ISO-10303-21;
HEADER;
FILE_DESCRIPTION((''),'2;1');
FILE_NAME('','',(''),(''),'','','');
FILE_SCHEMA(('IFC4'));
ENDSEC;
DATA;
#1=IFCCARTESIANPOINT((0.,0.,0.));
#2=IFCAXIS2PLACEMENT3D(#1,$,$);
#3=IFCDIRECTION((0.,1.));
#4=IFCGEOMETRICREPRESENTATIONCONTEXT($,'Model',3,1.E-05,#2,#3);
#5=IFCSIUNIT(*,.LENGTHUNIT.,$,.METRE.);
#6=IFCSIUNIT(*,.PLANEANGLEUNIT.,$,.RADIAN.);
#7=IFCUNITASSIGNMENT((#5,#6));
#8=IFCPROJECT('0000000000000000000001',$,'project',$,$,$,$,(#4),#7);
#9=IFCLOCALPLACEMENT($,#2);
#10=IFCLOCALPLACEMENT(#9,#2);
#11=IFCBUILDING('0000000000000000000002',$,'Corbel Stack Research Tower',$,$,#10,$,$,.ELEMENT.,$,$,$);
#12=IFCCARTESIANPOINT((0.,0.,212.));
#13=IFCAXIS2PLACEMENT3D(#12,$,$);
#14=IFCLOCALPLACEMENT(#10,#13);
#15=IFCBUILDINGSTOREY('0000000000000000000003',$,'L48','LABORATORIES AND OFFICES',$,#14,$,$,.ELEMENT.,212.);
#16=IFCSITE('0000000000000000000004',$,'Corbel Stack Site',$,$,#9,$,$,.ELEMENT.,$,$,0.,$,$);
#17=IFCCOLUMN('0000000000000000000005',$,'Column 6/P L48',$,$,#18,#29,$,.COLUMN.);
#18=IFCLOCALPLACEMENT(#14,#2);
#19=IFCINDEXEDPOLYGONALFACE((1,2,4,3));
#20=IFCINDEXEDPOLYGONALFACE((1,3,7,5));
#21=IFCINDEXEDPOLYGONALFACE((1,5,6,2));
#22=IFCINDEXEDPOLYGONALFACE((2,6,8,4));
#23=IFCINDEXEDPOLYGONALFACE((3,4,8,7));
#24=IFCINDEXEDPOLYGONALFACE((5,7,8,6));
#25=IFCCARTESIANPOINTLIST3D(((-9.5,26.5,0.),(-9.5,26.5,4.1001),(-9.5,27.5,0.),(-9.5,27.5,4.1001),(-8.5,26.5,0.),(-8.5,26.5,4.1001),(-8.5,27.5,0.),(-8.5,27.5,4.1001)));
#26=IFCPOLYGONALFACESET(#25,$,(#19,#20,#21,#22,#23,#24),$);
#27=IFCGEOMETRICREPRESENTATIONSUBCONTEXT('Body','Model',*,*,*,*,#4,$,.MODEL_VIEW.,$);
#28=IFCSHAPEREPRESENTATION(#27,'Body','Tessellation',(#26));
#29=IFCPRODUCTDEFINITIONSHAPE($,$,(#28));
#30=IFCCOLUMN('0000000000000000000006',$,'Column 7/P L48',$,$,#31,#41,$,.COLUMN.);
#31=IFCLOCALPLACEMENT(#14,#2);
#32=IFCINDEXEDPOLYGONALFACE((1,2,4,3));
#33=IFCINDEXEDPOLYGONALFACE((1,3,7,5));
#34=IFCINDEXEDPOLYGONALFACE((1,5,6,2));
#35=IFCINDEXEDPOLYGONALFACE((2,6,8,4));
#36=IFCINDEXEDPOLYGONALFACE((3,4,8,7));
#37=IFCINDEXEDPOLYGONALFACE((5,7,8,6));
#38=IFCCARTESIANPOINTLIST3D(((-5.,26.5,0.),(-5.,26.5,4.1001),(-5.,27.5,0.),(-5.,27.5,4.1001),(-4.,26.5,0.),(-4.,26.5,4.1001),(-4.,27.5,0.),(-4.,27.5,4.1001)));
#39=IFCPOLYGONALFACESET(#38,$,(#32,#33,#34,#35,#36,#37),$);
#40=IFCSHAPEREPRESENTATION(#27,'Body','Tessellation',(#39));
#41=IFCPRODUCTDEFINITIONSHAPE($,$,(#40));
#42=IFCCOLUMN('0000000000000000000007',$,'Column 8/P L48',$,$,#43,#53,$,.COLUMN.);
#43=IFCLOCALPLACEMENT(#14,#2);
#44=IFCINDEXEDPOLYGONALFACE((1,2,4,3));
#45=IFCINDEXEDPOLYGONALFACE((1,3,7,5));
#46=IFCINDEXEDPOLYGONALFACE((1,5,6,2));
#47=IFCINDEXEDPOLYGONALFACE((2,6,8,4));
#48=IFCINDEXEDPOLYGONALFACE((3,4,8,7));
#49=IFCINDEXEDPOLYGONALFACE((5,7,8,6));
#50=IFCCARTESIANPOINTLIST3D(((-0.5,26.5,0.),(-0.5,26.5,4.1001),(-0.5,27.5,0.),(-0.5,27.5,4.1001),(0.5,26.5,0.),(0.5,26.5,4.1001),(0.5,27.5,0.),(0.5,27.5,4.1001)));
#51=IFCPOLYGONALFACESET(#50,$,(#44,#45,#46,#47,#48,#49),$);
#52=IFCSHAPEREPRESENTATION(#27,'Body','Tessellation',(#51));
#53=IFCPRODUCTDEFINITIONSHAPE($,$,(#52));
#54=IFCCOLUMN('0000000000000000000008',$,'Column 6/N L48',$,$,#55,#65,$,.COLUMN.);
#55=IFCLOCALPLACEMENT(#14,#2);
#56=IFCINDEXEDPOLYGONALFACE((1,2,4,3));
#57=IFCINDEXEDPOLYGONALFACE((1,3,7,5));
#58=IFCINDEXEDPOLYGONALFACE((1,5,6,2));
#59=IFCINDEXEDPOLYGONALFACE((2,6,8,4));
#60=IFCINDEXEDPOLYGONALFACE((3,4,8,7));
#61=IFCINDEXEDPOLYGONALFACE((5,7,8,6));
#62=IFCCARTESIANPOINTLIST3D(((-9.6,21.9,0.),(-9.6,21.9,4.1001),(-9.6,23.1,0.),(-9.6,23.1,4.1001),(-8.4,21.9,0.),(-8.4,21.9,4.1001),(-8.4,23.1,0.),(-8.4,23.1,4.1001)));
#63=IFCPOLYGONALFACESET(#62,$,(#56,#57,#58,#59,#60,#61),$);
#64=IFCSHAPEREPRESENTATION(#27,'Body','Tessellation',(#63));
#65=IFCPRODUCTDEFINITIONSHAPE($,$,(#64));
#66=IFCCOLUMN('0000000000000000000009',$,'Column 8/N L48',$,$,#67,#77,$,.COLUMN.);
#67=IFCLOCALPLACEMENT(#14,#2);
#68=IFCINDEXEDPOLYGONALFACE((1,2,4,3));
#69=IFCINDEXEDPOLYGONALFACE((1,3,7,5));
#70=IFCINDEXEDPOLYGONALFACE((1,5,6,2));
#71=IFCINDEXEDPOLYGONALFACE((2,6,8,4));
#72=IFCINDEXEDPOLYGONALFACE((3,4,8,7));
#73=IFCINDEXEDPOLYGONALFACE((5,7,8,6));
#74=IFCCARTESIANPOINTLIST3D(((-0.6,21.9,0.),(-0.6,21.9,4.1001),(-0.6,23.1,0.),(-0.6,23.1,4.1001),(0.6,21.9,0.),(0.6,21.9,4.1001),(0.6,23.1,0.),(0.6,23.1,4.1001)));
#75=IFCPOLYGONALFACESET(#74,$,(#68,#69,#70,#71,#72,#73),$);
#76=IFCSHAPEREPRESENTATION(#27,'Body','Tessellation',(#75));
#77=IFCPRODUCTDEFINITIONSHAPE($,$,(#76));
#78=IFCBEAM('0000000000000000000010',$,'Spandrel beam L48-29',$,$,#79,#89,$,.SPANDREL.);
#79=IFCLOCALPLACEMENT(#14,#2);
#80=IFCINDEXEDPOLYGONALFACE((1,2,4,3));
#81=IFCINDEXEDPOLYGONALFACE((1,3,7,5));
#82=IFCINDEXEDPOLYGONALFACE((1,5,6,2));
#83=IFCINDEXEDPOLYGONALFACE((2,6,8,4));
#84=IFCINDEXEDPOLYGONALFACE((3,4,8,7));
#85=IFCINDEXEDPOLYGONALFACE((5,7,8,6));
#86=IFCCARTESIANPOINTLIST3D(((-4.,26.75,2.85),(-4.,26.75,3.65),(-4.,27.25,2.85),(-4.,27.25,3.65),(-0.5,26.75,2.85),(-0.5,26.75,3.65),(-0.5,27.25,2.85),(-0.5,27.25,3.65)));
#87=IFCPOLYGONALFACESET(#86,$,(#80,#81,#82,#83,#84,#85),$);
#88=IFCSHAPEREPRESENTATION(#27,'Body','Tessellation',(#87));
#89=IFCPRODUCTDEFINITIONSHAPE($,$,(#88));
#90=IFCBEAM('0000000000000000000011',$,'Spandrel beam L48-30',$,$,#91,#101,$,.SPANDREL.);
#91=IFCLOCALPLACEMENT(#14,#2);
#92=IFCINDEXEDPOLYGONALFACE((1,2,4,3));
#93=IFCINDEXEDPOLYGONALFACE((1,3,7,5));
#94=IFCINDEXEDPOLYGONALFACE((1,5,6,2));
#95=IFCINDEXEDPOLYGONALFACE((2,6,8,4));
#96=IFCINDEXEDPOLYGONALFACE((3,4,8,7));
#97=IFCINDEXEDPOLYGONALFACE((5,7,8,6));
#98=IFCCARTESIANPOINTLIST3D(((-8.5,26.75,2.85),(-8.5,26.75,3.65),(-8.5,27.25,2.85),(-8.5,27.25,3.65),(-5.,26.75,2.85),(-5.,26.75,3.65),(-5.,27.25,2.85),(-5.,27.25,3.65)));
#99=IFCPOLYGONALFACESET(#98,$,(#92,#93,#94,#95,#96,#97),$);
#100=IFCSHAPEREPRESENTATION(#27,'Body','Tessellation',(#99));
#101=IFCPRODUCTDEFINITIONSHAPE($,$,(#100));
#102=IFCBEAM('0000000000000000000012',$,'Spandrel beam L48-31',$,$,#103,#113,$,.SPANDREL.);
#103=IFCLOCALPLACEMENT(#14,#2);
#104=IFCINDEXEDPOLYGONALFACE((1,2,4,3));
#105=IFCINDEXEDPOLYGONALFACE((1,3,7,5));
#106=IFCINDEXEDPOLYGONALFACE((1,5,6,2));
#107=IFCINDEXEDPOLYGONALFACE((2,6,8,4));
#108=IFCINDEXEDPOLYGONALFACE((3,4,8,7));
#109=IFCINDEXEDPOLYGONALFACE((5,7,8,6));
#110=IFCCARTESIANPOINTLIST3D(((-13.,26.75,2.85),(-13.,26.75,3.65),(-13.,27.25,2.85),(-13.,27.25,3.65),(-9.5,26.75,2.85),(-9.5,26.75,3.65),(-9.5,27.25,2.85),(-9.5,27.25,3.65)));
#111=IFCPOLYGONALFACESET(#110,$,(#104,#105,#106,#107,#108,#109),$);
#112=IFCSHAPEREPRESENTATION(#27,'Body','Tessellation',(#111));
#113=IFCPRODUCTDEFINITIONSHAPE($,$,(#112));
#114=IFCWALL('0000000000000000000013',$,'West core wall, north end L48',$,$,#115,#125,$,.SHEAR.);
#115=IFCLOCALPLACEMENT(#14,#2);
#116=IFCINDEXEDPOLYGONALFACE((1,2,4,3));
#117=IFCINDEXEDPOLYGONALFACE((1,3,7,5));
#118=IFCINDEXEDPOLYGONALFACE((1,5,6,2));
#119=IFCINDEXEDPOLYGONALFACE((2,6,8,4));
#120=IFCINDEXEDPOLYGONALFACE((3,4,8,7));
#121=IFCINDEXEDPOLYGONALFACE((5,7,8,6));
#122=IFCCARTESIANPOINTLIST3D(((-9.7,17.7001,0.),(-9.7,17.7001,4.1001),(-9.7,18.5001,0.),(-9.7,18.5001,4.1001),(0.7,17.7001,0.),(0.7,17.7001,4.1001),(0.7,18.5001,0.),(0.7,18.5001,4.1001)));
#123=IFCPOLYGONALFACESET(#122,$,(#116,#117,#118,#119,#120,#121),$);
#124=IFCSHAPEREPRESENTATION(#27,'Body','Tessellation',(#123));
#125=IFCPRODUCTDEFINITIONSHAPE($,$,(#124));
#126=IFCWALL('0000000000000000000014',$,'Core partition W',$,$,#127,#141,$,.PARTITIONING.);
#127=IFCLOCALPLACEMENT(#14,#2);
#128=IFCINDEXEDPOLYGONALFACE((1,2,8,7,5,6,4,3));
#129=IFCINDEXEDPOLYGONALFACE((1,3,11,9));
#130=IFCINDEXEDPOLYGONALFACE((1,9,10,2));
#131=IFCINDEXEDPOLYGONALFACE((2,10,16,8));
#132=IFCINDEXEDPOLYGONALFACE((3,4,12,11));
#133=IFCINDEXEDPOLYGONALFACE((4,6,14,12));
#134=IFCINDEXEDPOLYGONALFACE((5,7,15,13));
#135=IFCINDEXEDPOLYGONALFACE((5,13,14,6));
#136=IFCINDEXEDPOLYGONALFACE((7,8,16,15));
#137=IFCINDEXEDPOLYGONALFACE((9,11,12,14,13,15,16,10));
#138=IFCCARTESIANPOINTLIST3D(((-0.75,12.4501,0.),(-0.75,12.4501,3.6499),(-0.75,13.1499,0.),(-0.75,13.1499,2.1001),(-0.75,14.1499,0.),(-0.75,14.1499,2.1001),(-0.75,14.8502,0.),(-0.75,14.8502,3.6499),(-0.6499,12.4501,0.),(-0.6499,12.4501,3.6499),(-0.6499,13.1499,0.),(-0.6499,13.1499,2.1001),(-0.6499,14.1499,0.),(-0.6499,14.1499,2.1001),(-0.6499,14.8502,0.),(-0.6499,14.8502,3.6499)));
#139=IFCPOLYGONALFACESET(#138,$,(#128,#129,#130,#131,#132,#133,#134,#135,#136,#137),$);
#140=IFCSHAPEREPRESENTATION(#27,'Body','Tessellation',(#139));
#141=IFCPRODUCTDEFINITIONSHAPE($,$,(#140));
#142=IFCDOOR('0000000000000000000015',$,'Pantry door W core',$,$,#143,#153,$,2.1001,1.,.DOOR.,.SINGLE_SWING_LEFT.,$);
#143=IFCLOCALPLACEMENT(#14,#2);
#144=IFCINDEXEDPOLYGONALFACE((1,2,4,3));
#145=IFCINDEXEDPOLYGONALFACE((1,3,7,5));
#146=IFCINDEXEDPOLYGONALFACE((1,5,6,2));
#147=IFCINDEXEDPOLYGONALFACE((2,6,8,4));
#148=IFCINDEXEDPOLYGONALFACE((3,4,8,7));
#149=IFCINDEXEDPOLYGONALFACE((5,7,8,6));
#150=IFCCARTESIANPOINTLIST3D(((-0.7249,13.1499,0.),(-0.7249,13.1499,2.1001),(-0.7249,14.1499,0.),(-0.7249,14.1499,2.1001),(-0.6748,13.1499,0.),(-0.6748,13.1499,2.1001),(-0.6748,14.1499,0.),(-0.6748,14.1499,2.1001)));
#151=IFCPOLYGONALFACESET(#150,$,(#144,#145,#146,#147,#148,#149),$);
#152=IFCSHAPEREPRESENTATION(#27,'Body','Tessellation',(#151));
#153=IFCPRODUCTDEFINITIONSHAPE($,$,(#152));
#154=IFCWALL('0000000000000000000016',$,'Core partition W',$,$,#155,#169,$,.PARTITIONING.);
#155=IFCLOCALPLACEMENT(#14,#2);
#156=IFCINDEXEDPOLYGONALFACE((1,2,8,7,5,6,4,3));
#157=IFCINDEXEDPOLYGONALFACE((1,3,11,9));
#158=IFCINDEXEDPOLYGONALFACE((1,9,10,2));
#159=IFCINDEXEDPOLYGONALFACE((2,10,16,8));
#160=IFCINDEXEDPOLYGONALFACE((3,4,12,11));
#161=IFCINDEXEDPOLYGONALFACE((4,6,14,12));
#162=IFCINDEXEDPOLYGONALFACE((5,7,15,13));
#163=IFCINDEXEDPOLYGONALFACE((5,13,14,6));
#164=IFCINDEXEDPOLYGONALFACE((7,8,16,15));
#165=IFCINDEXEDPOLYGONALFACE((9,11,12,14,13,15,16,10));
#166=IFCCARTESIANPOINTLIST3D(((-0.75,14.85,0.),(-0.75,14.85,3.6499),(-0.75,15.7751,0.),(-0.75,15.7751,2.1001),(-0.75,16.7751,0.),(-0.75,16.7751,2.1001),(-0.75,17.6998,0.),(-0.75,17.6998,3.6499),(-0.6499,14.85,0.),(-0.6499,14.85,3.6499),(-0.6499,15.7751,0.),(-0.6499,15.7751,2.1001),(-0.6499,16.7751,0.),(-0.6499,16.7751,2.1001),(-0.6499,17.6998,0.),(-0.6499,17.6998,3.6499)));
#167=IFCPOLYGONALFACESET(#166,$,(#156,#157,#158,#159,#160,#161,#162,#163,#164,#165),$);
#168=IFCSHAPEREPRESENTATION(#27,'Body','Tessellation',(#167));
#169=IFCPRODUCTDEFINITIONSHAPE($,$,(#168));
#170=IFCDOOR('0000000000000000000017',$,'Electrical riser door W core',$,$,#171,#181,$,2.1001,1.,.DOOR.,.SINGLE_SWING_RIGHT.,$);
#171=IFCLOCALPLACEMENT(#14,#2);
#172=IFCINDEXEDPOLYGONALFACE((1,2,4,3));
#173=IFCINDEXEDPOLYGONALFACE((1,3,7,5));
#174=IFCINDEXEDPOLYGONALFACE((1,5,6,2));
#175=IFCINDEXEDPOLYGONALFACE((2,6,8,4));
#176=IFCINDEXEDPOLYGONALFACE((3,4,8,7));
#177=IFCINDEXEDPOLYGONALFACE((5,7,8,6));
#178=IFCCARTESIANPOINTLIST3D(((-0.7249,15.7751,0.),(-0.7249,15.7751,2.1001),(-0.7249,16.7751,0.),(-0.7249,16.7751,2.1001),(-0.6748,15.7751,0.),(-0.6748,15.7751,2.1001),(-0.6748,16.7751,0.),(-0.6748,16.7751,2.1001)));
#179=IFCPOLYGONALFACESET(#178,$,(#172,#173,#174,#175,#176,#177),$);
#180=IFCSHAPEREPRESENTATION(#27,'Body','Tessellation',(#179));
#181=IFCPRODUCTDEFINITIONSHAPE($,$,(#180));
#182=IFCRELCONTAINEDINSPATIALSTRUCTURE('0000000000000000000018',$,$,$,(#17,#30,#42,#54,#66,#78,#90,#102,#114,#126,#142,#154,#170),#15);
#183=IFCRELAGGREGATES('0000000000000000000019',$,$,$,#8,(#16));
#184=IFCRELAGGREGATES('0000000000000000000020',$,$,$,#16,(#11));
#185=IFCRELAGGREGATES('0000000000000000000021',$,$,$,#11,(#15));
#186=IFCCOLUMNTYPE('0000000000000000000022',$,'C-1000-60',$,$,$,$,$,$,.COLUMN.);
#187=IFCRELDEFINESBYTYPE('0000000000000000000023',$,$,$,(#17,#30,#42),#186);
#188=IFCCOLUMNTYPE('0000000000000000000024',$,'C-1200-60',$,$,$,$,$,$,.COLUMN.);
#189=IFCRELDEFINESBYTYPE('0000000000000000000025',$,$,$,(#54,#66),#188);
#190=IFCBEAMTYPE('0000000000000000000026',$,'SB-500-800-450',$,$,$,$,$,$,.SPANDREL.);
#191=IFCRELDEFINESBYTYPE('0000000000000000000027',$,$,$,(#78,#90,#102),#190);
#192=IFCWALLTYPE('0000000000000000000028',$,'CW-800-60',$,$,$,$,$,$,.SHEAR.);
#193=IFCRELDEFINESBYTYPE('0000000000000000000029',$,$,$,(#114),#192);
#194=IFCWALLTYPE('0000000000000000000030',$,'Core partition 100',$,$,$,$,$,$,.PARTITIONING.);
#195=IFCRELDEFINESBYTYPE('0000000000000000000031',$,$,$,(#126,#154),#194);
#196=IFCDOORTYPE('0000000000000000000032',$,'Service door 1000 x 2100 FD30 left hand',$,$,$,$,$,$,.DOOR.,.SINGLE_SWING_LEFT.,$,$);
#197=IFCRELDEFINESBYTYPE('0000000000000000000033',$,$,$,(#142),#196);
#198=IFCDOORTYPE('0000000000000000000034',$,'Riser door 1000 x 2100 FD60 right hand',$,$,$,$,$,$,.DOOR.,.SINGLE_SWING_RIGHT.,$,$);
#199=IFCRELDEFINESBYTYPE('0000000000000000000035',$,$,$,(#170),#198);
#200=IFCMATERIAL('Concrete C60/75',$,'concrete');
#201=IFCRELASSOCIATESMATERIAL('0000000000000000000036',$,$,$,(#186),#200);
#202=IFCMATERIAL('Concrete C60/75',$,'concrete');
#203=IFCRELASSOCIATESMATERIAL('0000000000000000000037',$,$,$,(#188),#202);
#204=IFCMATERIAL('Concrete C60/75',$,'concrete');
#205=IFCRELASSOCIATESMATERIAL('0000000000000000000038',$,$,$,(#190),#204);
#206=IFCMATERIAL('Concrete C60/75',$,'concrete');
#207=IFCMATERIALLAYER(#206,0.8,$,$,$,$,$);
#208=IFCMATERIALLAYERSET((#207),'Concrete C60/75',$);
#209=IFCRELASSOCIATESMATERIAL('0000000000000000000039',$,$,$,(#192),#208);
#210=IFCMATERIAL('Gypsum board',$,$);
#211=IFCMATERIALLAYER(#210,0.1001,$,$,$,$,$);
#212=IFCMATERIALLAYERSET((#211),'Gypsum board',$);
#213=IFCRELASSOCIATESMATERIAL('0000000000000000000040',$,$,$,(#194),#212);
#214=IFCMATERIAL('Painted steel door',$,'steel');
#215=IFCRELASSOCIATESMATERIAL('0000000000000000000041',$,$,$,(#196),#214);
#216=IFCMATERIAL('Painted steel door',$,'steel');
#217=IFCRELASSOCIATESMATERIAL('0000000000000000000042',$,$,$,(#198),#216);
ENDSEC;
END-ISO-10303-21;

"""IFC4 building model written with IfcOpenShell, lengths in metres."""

from ifc_helpers import new_model, si_unit, direction, frame, frame_2d, origin, origin_2d, place, context, subcontext, project, spatial, rectangle, extrude, material, layer, layer_set, material_profile, profile_set, type_object, element, fill, save


model = new_model("IFC4")

# Units and contexts
model_context = context("Model", 3, precision=1e-05, world=origin(), true_north=direction((0.0, 1.0)))
body_context = subcontext(model_context, "Body", "Model", "MODEL_VIEW")
ifc_project = project(units=[si_unit("LENGTHUNIT", "METRE"), si_unit("PLANEANGLEUNIT", "RADIAN")], contexts=[model_context])

# Site, building, storey
site_placement = place(None, origin())
site = spatial("IfcSite", under=ifc_project, at=site_placement, Name="Corbel Stack Site", CompositionType="ELEMENT", RefElevation=0.0)
building_placement = place(site_placement, origin())
building = spatial("IfcBuilding", under=site, at=building_placement, Name="Corbel Stack Research Tower", CompositionType="ELEMENT")
storey_placement = place(building_placement, frame((0.0, 0.0, 212.0)))
storey = spatial("IfcBuildingStorey", under=building, at=storey_placement, Name="L48", Description="LABORATORIES AND OFFICES", CompositionType="ELEMENT", Elevation=212.0)

# Columns
ifc_material_1 = material(Name="Concrete C60/75", Category="concrete")
ifc_material_profile_1 = material_profile(ifc_material_1, rectangle(XDim=1.0, YDim=1.0, at=origin_2d()), Name="RC 1000 x 1000")
ifc_profile_set_1 = profile_set([ifc_material_profile_1], Name="Concrete C60/75")
column_type_1 = type_object("IfcColumnType", Name="C-1000-60", PredefinedType="COLUMN", material=ifc_profile_set_1)
for number, where, z_axis, x_axis, name in (
    (1, (-9.0, 27.0, 0.0), (0.0, 0.0, 1.0), (1.0, 0.0, 0.0), "Column 6/P L48"),
    (2, (-4.5, 27.0, 0.0), (0.0, 0.0, 1.0), (1.0, 0.0, 0.0), "Column 7/P L48"),
    (3, (0.0, 27.0, 0.0), (0.0, 0.0, 1.0), (1.0, 0.0, 0.0), "Column 8/P L48"),
):
    element("IfcColumn", number, at=place(storey_placement, frame(where, z_axis=z_axis, x_axis=x_axis)), inside=storey, type_object=column_type_1, Name=name, PredefinedType="COLUMN", context=body_context, shape_type="SweptSolid", body=[
        extrude(rectangle(XDim=1.0, YDim=1.0, at=origin_2d()), origin(), (0.0, 0.0, 1.0), 4.1001),
    ])
ifc_material_2 = material(Name="Concrete C60/75", Category="concrete")
ifc_material_profile_2 = material_profile(ifc_material_2, rectangle(XDim=1.2, YDim=1.2, at=origin_2d()), Name="RC 1200 x 1200")
ifc_profile_set_2 = profile_set([ifc_material_profile_2], Name="Concrete C60/75")
column_type_2 = type_object("IfcColumnType", Name="C-1200-60", PredefinedType="COLUMN", material=ifc_profile_set_2)
for number, where, z_axis, x_axis, name in (
    (4, (-9.0, 22.5, 0.0), (0.0, 0.0, 1.0), (1.0, 0.0, 0.0), "Column 6/N L48"),
    (5, (0.0, 22.5, 0.0), (0.0, 0.0, 1.0), (1.0, 0.0, 0.0), "Column 8/N L48"),
):
    element("IfcColumn", number, at=place(storey_placement, frame(where, z_axis=z_axis, x_axis=x_axis)), inside=storey, type_object=column_type_2, Name=name, PredefinedType="COLUMN", context=body_context, shape_type="SweptSolid", body=[
        extrude(rectangle(XDim=1.2, YDim=1.2, at=origin_2d()), origin(), (0.0, 0.0, 1.0), 4.1001),
    ])

# Beams
ifc_material_3 = material(Name="Concrete C60/75", Category="concrete")
ifc_material_profile_3 = material_profile(ifc_material_3, rectangle(XDim=0.5, YDim=0.8, at=origin_2d()), Name="RC 500 x 800")
ifc_profile_set_3 = profile_set([ifc_material_profile_3], Name="Concrete C60/75")
beam_type = type_object("IfcBeamType", Name="SB-500-800-450", PredefinedType="SPANDREL", material=ifc_profile_set_3)
for number, where, z_axis, x_axis, name in (
    (6, (-0.5, 27.0, 3.25), (-1.0, 0.0, 0.0), (0.0, -1.0, 0.0), "Spandrel beam L48-29"),
    (7, (-5.0, 27.0, 3.25), (-1.0, 0.0, 0.0), (0.0, -1.0, 0.0), "Spandrel beam L48-30"),
    (8, (-9.5, 27.0, 3.25), (-1.0, 0.0, 0.0), (0.0, -1.0, 0.0), "Spandrel beam L48-31"),
):
    element("IfcBeam", number, at=place(storey_placement, frame(where, z_axis=z_axis, x_axis=x_axis)), inside=storey, type_object=beam_type, Name=name, PredefinedType="SPANDREL", context=body_context, shape_type="SweptSolid", body=[
        extrude(rectangle(XDim=0.5, YDim=0.8, at=origin_2d()), origin(), (0.0, 0.0, 1.0), 3.5),
    ])

# Wall
ifc_material_4 = material(Name="Concrete C60/75", Category="concrete")
ifc_layer_1 = layer(ifc_material_4, 0.8)
ifc_layer_set_1 = layer_set([ifc_layer_1], Name="Concrete C60/75")
wall_type_1 = type_object("IfcWallType", Name="CW-800-60", PredefinedType="SHEAR", material=ifc_layer_set_1)
wall_1_placement = place(storey_placement, frame((-9.7, 18.1001, 0.0), z_axis=(0.0, 0.0, 1.0), x_axis=(1.0, 0.0, 0.0)))
element("IfcWall", 9, at=wall_1_placement, inside=storey, type_object=wall_type_1, Name="West core wall, north end L48", PredefinedType="SHEAR", context=body_context, shape_type="SweptSolid", body=[
    extrude(rectangle(XDim=10.3999, YDim=0.8, at=frame_2d((5.2, 0.0))), origin(), (0.0, 0.0, 1.0), 4.1001),
])

# Walls, openings, doors
ifc_material_5 = material(Name="Gypsum board")
ifc_layer_2 = layer(ifc_material_5, 0.1001)
ifc_layer_set_2 = layer_set([ifc_layer_2], Name="Gypsum board")
wall_type_2 = type_object("IfcWallType", Name="Core partition 100", PredefinedType="PARTITIONING", material=ifc_layer_set_2)
wall_2_placement = place(storey_placement, frame((-0.7, 12.45, 0.0), z_axis=(0.0, 0.0, 1.0), x_axis=(0.0, 1.0, 0.0)))
wall_2 = element("IfcWall", 10, at=wall_2_placement, inside=storey, type_object=wall_type_2, Name="Core partition W", PredefinedType="PARTITIONING", context=body_context, shape_type="SweptSolid", body=[
    extrude(rectangle(XDim=2.4001, YDim=0.1001, at=frame_2d((1.2002, 0.0))), origin(), (0.0, 0.0, 1.0), 3.6499),
])
opening_1_placement = place(wall_2_placement, frame((0.7, 0.0, 0.0)))
opening_1 = element("IfcOpeningElement", 11, at=opening_1_placement, cuts=wall_2, PredefinedType="OPENING", context=body_context, shape_type="SweptSolid", body=[
    extrude(rectangle(XDim=1.0, YDim=2.1001, at=frame_2d((0.5, 1.05))), frame((0.0, 0.0601, 0.0), z_axis=(0.0, -1.0, 0.0), x_axis=(1.0, 0.0, 0.0)), (0.0, 0.0, 1.0), 0.1201),
])
ifc_material_6 = material(Name="Painted steel door", Category="steel")
door_type_1 = type_object("IfcDoorType", Name="Service door 1000 x 2100 FD30 left hand", OperationType="SINGLE_SWING_LEFT", PredefinedType="DOOR", material=ifc_material_6)
door_1_placement = place(opening_1_placement, origin())
door_1 = element("IfcDoor", 12, at=door_1_placement, inside=storey, type_object=door_type_1, Name="Pantry door W core", OperationType="SINGLE_SWING_LEFT", OverallHeight=2.1001, OverallWidth=1.0, PredefinedType="DOOR", context=body_context, shape_type="SweptSolid", body=[
    extrude(rectangle(XDim=1.0, YDim=2.1001, at=frame_2d((0.5, 1.05))), frame((0.0, 0.0249, 0.0), z_axis=(0.0, -1.0, 0.0), x_axis=(1.0, 0.0, 0.0)), (0.0, 0.0, 1.0), 0.05),
])
fill(opening_1, door_1)
wall_3_placement = place(storey_placement, frame((-0.7, 14.8501, 0.0), z_axis=(0.0, 0.0, 1.0), x_axis=(0.0, 1.0, 0.0)))
wall_3 = element("IfcWall", 13, at=wall_3_placement, inside=storey, type_object=wall_type_2, Name="Core partition W", PredefinedType="PARTITIONING", context=body_context, shape_type="SweptSolid", body=[
    extrude(rectangle(XDim=2.8499, YDim=0.1001, at=frame_2d((1.4248, 0.0))), origin(), (0.0, 0.0, 1.0), 3.6499),
])
opening_2_placement = place(wall_3_placement, frame((0.925, 0.0, 0.0)))
opening_2 = element("IfcOpeningElement", 14, at=opening_2_placement, cuts=wall_3, PredefinedType="OPENING", context=body_context, shape_type="SweptSolid", body=[
    extrude(rectangle(XDim=1.0, YDim=2.1001, at=frame_2d((0.5, 1.05))), frame((0.0, 0.0601, 0.0), z_axis=(0.0, -1.0, 0.0), x_axis=(1.0, 0.0, 0.0)), (0.0, 0.0, 1.0), 0.1201),
])
ifc_material_7 = material(Name="Painted steel door", Category="steel")
door_type_2 = type_object("IfcDoorType", Name="Riser door 1000 x 2100 FD60 right hand", OperationType="SINGLE_SWING_RIGHT", PredefinedType="DOOR", material=ifc_material_7)
door_2_placement = place(opening_2_placement, origin())
door_2 = element("IfcDoor", 15, at=door_2_placement, inside=storey, type_object=door_type_2, Name="Electrical riser door W core", OperationType="SINGLE_SWING_RIGHT", OverallHeight=2.1001, OverallWidth=1.0, PredefinedType="DOOR", context=body_context, shape_type="SweptSolid", body=[
    extrude(rectangle(XDim=1.0, YDim=2.1001, at=frame_2d((0.5, 1.05))), frame((0.0, 0.0249, 0.0), z_axis=(0.0, -1.0, 0.0), x_axis=(1.0, 0.0, 0.0)), (0.0, 0.0, 1.0), 0.05),
])
fill(opening_2, door_2)

save(model, "model.ifc")
